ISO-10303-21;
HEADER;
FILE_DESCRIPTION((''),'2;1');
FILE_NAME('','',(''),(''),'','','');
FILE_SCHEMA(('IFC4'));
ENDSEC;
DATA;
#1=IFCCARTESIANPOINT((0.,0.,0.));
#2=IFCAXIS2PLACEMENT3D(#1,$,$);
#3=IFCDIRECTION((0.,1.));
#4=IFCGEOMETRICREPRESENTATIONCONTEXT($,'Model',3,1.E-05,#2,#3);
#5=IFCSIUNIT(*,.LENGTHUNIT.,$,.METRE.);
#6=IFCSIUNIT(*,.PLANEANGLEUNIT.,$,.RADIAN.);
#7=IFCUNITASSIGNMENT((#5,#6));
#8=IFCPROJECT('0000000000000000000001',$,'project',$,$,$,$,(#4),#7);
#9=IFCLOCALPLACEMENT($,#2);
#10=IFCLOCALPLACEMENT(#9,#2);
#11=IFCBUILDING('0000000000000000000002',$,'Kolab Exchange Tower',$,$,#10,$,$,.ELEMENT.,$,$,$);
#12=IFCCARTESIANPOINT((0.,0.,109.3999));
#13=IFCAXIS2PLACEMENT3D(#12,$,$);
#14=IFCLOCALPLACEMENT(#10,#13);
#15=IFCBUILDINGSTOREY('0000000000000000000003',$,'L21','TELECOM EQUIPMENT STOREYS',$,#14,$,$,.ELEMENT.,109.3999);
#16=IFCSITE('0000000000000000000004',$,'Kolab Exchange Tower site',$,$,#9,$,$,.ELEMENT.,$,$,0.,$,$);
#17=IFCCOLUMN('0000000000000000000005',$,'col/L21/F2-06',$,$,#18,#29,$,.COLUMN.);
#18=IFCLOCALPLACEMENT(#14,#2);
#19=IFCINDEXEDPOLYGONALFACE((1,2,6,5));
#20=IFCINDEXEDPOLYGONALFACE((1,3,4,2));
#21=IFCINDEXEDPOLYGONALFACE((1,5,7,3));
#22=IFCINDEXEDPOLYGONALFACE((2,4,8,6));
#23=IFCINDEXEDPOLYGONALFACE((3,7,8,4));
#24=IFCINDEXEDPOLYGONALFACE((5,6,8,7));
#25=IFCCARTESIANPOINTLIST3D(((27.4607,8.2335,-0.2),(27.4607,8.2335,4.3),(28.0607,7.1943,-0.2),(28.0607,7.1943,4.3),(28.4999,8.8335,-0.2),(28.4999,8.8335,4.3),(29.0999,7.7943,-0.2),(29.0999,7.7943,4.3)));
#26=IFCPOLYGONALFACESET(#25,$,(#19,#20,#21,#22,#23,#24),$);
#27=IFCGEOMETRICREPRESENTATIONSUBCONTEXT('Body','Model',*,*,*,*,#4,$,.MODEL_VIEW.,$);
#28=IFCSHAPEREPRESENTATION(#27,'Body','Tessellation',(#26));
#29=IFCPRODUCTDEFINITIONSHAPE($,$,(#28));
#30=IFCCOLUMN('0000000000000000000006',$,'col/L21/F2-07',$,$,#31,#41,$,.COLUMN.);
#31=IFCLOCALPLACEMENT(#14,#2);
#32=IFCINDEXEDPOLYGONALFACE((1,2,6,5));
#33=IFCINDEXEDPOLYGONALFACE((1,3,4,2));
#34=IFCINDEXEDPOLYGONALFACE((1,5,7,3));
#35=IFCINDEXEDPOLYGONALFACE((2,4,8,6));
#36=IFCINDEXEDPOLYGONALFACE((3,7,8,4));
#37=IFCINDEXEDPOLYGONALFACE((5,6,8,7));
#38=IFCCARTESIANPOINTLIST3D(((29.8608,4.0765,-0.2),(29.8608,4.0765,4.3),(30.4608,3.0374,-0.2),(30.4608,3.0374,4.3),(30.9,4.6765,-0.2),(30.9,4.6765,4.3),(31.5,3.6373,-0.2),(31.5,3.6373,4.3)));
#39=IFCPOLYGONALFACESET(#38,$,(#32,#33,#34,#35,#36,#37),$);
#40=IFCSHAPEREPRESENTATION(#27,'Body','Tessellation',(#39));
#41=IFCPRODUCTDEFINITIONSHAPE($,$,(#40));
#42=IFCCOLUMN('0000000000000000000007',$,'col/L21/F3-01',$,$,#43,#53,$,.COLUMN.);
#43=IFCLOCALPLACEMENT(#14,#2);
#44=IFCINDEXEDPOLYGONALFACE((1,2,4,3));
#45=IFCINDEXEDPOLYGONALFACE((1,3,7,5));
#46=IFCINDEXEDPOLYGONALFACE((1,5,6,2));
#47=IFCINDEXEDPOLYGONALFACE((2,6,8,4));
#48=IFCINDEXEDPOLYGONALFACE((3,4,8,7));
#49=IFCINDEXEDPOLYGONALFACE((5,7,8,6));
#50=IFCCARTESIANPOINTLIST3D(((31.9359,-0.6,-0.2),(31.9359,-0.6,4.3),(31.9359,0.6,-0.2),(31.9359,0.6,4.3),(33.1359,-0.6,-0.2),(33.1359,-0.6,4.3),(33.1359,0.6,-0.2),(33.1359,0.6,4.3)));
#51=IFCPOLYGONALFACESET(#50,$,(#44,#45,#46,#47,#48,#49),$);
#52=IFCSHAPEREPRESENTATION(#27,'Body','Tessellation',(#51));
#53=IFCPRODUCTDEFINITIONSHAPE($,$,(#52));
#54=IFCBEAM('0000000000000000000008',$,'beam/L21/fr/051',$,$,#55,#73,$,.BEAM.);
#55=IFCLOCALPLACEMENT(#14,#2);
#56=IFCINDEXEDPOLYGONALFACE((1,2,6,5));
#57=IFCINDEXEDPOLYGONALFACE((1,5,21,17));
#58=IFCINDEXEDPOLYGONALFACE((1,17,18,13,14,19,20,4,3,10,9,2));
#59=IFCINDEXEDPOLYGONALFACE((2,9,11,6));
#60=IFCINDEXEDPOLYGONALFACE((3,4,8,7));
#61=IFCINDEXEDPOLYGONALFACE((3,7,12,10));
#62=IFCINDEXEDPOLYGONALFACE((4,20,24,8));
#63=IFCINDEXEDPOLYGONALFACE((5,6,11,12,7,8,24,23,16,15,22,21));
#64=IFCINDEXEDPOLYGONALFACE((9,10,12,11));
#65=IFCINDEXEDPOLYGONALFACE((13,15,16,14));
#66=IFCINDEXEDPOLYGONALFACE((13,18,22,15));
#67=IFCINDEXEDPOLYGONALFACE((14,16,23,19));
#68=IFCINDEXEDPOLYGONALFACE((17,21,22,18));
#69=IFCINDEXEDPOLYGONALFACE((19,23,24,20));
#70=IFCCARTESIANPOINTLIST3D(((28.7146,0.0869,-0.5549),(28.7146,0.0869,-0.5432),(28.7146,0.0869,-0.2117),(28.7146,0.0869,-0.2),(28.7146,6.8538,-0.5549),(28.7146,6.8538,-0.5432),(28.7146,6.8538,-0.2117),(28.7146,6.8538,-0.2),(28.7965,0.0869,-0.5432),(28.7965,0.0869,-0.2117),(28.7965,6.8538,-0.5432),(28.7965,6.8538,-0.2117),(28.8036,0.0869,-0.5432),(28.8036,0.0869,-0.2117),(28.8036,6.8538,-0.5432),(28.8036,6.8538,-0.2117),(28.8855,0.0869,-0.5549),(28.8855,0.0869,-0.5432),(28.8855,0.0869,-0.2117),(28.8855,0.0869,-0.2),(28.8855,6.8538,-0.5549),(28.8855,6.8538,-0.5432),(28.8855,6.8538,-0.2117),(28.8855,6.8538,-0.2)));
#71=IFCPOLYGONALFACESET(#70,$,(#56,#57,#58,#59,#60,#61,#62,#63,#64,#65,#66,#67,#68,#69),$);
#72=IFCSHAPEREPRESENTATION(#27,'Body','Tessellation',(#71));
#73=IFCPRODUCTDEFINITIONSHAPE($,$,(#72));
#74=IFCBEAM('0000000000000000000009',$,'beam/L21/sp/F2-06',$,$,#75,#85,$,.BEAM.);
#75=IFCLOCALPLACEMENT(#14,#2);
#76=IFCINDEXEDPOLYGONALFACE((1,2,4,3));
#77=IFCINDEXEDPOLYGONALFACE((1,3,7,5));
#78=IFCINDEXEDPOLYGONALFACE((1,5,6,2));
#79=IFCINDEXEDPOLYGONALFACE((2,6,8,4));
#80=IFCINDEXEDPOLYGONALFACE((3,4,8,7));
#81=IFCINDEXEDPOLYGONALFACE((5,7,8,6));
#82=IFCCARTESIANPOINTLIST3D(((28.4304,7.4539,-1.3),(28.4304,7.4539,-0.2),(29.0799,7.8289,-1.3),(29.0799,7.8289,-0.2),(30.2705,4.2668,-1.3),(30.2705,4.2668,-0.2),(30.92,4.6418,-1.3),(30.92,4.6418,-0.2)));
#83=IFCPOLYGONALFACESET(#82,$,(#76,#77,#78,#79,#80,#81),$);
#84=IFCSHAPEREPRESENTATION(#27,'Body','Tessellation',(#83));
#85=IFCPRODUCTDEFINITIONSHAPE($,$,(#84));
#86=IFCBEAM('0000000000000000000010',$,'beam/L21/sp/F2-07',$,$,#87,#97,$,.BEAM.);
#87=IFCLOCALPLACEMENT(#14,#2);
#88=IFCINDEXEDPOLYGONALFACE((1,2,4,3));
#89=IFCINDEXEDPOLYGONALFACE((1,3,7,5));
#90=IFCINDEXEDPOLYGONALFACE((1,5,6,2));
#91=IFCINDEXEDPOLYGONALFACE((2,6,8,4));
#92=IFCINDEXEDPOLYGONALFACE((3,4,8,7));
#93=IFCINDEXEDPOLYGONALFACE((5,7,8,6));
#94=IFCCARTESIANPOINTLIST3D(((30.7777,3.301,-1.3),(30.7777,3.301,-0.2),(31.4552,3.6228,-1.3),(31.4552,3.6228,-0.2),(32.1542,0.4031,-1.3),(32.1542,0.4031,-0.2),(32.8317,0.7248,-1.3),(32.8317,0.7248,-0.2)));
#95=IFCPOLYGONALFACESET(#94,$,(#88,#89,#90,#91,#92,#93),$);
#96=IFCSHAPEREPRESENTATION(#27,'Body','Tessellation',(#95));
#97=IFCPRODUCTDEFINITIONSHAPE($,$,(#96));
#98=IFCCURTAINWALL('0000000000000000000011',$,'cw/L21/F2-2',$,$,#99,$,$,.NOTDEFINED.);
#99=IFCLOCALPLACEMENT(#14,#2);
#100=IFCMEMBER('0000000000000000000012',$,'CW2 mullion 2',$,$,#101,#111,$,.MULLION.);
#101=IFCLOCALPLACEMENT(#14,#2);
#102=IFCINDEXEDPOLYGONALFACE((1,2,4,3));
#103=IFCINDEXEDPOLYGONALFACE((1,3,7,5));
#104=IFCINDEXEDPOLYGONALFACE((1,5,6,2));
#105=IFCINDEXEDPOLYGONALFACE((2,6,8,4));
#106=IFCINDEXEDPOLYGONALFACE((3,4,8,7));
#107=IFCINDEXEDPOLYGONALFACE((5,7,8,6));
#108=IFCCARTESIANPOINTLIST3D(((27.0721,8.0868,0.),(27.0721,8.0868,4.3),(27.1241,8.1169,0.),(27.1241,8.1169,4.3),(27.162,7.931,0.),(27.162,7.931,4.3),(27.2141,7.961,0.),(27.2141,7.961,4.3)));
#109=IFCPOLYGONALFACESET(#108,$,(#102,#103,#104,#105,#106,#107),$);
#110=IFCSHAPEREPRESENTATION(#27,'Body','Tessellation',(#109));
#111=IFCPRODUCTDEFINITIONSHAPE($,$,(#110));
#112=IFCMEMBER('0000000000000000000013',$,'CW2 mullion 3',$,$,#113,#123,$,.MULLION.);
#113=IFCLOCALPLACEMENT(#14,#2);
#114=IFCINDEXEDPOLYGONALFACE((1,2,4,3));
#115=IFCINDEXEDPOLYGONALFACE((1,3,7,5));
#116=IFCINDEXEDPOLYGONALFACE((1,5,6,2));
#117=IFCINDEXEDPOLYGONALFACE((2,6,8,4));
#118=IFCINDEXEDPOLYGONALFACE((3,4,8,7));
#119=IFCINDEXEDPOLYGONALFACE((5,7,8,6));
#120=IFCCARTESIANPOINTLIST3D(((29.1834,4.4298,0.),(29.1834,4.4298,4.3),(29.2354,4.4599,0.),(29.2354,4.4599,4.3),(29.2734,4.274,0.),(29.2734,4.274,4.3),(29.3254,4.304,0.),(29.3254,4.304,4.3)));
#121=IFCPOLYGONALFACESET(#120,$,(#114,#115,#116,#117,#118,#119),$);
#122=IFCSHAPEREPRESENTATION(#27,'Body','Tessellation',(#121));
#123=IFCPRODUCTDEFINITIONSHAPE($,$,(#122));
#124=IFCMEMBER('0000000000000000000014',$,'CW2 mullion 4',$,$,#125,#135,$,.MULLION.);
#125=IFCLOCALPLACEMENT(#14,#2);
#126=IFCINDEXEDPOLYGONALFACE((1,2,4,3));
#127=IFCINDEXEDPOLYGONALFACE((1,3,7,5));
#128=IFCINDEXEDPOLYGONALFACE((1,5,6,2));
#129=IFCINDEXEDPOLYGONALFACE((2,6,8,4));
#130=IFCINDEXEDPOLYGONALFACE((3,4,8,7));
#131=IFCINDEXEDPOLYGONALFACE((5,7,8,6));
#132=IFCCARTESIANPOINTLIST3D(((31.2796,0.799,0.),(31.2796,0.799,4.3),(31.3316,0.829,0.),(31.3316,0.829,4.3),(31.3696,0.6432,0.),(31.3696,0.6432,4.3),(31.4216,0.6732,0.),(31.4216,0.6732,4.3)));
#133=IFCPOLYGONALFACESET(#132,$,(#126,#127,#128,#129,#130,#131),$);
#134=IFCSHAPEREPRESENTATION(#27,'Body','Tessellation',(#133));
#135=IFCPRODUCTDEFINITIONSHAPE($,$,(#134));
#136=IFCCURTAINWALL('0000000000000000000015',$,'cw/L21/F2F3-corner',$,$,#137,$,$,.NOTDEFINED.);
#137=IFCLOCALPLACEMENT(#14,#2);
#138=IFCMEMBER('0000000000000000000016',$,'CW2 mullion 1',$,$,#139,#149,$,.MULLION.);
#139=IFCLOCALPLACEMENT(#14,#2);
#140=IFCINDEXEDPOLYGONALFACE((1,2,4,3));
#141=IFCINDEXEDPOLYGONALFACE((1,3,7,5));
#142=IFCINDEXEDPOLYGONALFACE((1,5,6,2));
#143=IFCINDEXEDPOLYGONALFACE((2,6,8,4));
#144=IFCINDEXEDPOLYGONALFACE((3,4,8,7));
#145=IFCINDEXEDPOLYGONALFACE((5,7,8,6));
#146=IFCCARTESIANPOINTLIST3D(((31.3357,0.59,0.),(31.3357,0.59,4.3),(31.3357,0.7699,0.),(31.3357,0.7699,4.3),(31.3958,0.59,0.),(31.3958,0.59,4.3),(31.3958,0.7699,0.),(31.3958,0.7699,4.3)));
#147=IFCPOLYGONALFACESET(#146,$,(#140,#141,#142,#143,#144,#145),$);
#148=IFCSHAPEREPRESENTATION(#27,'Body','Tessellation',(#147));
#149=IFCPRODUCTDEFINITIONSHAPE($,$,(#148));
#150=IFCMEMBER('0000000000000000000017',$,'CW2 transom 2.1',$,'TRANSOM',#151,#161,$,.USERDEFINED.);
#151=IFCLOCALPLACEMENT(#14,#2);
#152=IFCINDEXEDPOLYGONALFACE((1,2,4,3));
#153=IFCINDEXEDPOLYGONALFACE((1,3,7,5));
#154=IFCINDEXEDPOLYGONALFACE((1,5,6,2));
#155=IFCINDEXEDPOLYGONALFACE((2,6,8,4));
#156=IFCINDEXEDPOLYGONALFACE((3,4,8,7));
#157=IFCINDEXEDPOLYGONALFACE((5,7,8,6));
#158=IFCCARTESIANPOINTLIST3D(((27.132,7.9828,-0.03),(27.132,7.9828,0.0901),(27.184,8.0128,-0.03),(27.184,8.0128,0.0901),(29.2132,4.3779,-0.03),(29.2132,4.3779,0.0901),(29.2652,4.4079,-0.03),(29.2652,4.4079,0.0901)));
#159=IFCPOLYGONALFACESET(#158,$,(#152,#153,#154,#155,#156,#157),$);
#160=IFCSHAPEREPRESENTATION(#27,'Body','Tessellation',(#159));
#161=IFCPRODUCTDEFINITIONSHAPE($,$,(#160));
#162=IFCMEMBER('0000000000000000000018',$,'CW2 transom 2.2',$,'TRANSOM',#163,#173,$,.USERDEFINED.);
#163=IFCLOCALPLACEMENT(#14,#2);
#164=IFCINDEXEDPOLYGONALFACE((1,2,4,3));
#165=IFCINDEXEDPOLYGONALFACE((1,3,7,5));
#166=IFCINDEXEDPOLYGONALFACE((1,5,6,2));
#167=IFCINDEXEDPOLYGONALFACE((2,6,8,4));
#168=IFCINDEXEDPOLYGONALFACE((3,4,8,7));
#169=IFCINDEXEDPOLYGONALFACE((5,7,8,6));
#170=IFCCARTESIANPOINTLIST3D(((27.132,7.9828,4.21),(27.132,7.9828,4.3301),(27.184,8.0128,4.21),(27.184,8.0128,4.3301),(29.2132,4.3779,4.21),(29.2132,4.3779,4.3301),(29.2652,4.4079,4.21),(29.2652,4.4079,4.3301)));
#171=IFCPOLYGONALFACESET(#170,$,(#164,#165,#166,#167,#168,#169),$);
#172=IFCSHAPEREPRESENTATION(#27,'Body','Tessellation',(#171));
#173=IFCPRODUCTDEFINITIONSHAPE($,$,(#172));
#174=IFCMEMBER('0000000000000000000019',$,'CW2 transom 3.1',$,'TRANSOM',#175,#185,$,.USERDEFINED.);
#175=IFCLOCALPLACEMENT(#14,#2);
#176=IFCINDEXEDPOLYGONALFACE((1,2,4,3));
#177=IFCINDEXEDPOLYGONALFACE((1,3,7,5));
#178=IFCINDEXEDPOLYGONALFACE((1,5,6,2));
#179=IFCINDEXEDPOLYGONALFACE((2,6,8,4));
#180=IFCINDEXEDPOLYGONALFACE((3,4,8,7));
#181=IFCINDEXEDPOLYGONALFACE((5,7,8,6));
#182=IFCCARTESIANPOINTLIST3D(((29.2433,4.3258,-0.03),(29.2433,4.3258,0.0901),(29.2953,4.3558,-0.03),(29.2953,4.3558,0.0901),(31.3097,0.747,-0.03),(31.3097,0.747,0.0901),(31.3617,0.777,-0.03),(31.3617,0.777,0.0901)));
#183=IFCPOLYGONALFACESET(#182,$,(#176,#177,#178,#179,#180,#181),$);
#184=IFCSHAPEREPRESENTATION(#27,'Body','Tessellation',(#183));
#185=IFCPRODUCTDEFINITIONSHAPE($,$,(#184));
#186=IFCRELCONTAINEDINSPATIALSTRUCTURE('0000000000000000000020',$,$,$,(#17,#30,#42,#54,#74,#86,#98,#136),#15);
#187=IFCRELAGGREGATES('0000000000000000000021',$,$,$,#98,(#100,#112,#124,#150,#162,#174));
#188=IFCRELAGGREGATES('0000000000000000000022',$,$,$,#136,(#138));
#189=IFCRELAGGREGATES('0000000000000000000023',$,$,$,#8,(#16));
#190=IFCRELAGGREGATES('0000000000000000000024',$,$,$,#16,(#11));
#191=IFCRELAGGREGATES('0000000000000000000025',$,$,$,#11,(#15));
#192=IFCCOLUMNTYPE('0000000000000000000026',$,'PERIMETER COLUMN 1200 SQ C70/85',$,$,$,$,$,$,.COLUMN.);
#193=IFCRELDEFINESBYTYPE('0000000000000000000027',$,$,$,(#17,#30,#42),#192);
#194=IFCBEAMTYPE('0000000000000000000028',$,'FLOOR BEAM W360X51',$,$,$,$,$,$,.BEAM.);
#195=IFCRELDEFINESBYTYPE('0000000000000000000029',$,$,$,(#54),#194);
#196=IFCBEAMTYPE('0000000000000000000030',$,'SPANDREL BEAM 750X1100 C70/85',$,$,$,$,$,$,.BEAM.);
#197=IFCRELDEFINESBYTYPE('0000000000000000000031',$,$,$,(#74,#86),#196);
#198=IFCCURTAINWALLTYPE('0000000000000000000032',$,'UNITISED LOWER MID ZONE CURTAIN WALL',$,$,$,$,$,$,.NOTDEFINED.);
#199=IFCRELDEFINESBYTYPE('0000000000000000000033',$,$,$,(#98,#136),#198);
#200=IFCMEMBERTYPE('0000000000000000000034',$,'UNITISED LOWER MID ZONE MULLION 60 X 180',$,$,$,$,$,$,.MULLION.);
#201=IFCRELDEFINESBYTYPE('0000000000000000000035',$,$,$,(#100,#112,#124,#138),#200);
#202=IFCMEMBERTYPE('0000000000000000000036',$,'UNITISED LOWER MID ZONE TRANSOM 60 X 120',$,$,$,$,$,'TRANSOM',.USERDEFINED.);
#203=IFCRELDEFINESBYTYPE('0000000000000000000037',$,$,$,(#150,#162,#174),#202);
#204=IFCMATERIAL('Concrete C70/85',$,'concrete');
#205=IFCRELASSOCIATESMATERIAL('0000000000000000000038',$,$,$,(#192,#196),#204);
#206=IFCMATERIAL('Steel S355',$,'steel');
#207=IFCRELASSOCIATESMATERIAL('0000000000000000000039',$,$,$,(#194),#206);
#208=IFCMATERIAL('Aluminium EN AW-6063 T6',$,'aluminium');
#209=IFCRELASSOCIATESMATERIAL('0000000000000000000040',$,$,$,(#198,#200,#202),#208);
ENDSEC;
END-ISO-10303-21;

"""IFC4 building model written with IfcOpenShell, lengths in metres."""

from ifc_helpers import new_model, si_unit, direction, frame, origin, origin_2d, place, context, subcontext, project, spatial, rectangle, i_section, extrude, material, material_profile, profile_set, type_object, element, aggregate, save


model = new_model("IFC4")

# Units and contexts
model_context = context("Model", 3, precision=1e-05, world=origin(), true_north=direction((0.0, 1.0)))
body_context = subcontext(model_context, "Body", "Model", "MODEL_VIEW")
ifc_project = project(units=[si_unit("LENGTHUNIT", "METRE"), si_unit("PLANEANGLEUNIT", "RADIAN")], contexts=[model_context])

# Site, building, storey
site_placement = place(None, origin())
site = spatial("IfcSite", under=ifc_project, at=site_placement, Name="Kolab Exchange Tower site", CompositionType="ELEMENT", RefElevation=0.0)
building_placement = place(site_placement, origin())
building = spatial("IfcBuilding", under=site, at=building_placement, Name="Kolab Exchange Tower", CompositionType="ELEMENT")
storey_placement = place(building_placement, frame((0.0, 0.0, 109.3999)))
storey = spatial("IfcBuildingStorey", under=building, at=storey_placement, Name="L21", Description="TELECOM EQUIPMENT STOREYS", CompositionType="ELEMENT", Elevation=109.3999)

# Columns
ifc_material_1 = material(Name="Concrete C70/85", Category="concrete")
ifc_material_profile_1 = material_profile(ifc_material_1, rectangle(XDim=1.2, YDim=1.2, at=origin_2d()), Name="RC1200")
ifc_profile_set_1 = profile_set([ifc_material_profile_1], Name="Concrete C70/85")
column_type = type_object("IfcColumnType", Name="PERIMETER COLUMN 1200 SQ C70/85", PredefinedType="COLUMN", material=ifc_profile_set_1)
for number, where, z_axis, x_axis, name in (
    (1, (28.2803, 8.0139, -0.2), (0.0, 0.0, 1.0), (0.866025, 0.5, 0.0), "col/L21/F2-06"),
    (2, (30.6804, 3.8569, -0.2), (0.0, 0.0, 1.0), (0.866025, 0.5, 0.0), "col/L21/F2-07"),
    (3, (32.5359, 0.0, -0.2), (0.0, 0.0, 1.0), (1.0, 0.0, 0.0), "col/L21/F3-01"),
):
    element("IfcColumn", number, at=place(storey_placement, frame(where, z_axis=z_axis, x_axis=x_axis)), inside=storey, type_object=column_type, Name=name, PredefinedType="COLUMN", context=body_context, shape_type="SweptSolid", body=[
        extrude(rectangle(XDim=1.2, YDim=1.2, at=origin_2d()), origin(), (0.0, 0.0, 1.0), 4.5),
    ])

# Beams
ifc_material_2 = material(Name="Steel S355", Category="steel")
ifc_material_profile_2 = material_profile(ifc_material_2, i_section(OverallWidth=0.1709, OverallDepth=0.355, WebThickness=0.0071, FlangeThickness=0.0117, at=origin_2d()), Name="W360X51")
ifc_profile_set_2 = profile_set([ifc_material_profile_2], Name="Steel S355")
beam_type_1 = type_object("IfcBeamType", Name="FLOOR BEAM W360X51", PredefinedType="BEAM", material=ifc_profile_set_2)
beam_1_placement = place(storey_placement, frame((28.8, 0.0869, -0.3774), z_axis=(0.0, 1.0, 0.0), x_axis=(-1.0, 0.0, 0.0)))
element("IfcBeam", 4, at=beam_1_placement, inside=storey, type_object=beam_type_1, Name="beam/L21/fr/051", PredefinedType="BEAM", context=body_context, shape_type="SweptSolid", body=[
    extrude(i_section(OverallWidth=0.1709, OverallDepth=0.355, WebThickness=0.0071, FlangeThickness=0.0117, at=origin_2d()), origin(), (0.0, 0.0, 1.0), 6.7668),
])
ifc_material_profile_3 = material_profile(ifc_material_1, rectangle(XDim=0.75, YDim=1.1001, at=origin_2d()), Name="RC750X1100")
ifc_profile_set_3 = profile_set([ifc_material_profile_3], Name="Concrete C70/85")
beam_type_2 = type_object("IfcBeamType", Name="SPANDREL BEAM 750X1100 C70/85", PredefinedType="BEAM", material=ifc_profile_set_3)
beam_2_placement = place(storey_placement, frame((28.7551, 7.6414, -0.75), z_axis=(0.500013, -0.866018, 0.0), x_axis=(0.866018, 0.500013, 0.0)))
element("IfcBeam", 5, at=beam_2_placement, inside=storey, type_object=beam_type_2, Name="beam/L21/sp/F2-06", PredefinedType="BEAM", context=body_context, shape_type="SweptSolid", body=[
    extrude(rectangle(XDim=0.75, YDim=1.1001, at=origin_2d()), origin(), (0.0, 0.0, 1.0), 3.6802),
])
beam_3_placement = place(storey_placement, frame((31.1165, 3.4619, -0.75), z_axis=(0.429041, -0.903285, 0.0), x_axis=(0.903285, 0.429041, 0.0)))
element("IfcBeam", 6, at=beam_3_placement, inside=storey, type_object=beam_type_2, Name="beam/L21/sp/F2-07", PredefinedType="BEAM", context=body_context, shape_type="SweptSolid", body=[
    extrude(rectangle(XDim=0.75, YDim=1.1001, at=origin_2d()), origin(), (0.0, 0.0, 1.0), 3.2083),
])

# Curtain wall, members
ifc_material_3 = material(Name="Aluminium EN AW-6063 T6", Category="aluminium")
curtain_wall_type = type_object("IfcCurtainWallType", Name="UNITISED LOWER MID ZONE CURTAIN WALL", PredefinedType="NOTDEFINED", material=ifc_material_3)
curtain_wall_1_placement = place(storey_placement, origin())
curtain_wall_1 = element("IfcCurtainWall", 7, at=curtain_wall_1_placement, inside=storey, type_object=curtain_wall_type, Name="cw/L21/F2-2", PredefinedType="NOTDEFINED")
ifc_material_profile_4 = material_profile(ifc_material_3, rectangle(XDim=0.0601, YDim=0.1799, at=origin_2d()), Name="RECT 60X180")
ifc_profile_set_4 = profile_set([ifc_material_profile_4], Name="Aluminium EN AW-6063 T6")
member_type_1 = type_object("IfcMemberType", Name="UNITISED LOWER MID ZONE MULLION 60 X 180", PredefinedType="MULLION", material=ifc_profile_set_4)
member_1_placement = place(storey_placement, frame((27.1431, 8.0239, 0.0), z_axis=(0.0, 0.0, 1.0), x_axis=(0.866025, 0.5, 0.0)))
member_1 = element("IfcMember", 8, at=member_1_placement, type_object=member_type_1, Name="CW2 mullion 2", PredefinedType="MULLION", context=body_context, shape_type="SweptSolid", body=[
    extrude(rectangle(XDim=0.0601, YDim=0.1799, at=origin_2d()), origin(), (0.0, 0.0, 1.0), 4.3),
])
member_2_placement = place(storey_placement, frame((29.2544, 4.3669, 0.0), z_axis=(0.0, 0.0, 1.0), x_axis=(0.866025, 0.5, 0.0)))
member_2 = element("IfcMember", 9, at=member_2_placement, type_object=member_type_1, Name="CW2 mullion 3", PredefinedType="MULLION", context=body_context, shape_type="SweptSolid", body=[
    extrude(rectangle(XDim=0.0601, YDim=0.1799, at=origin_2d()), origin(), (0.0, 0.0, 1.0), 4.3),
])
member_3_placement = place(storey_placement, frame((31.3506, 0.7361, 0.0), z_axis=(0.0, 0.0, 1.0), x_axis=(0.866025, 0.5, 0.0)))
member_3 = element("IfcMember", 10, at=member_3_placement, type_object=member_type_1, Name="CW2 mullion 4", PredefinedType="MULLION", context=body_context, shape_type="SweptSolid", body=[
    extrude(rectangle(XDim=0.0601, YDim=0.1799, at=origin_2d()), origin(), (0.0, 0.0, 1.0), 4.3),
])

# Curtain wall, member
curtain_wall_2_placement = place(storey_placement, origin())
curtain_wall_2 = element("IfcCurtainWall", 11, at=curtain_wall_2_placement, inside=storey, type_object=curtain_wall_type, Name="cw/L21/F2F3-corner", PredefinedType="NOTDEFINED")
member_4_placement = place(storey_placement, frame((31.3657, 0.6799, 0.0), z_axis=(0.0, 0.0, 1.0), x_axis=(1.0, 0.0, 0.0)))
member_4 = element("IfcMember", 12, at=member_4_placement, type_object=member_type_1, Name="CW2 mullion 1", PredefinedType="MULLION", context=body_context, shape_type="SweptSolid", body=[
    extrude(rectangle(XDim=0.0601, YDim=0.1799, at=origin_2d()), origin(), (0.0, 0.0, 1.0), 4.3),
])

# Members
ifc_material_profile_5 = material_profile(ifc_material_3, rectangle(XDim=0.0601, YDim=0.1201, at=origin_2d()), Name="RECT 60X120")
ifc_profile_set_5 = profile_set([ifc_material_profile_5], Name="Aluminium EN AW-6063 T6")
member_type_2 = type_object("IfcMemberType", Name="UNITISED LOWER MID ZONE TRANSOM 60 X 120", ElementType="TRANSOM", PredefinedType="USERDEFINED", material=ifc_profile_set_5)
member_5_placement = place(storey_placement, frame((27.158, 7.9978, 0.03), z_axis=(0.499993, -0.866029, 0.0), x_axis=(0.866029, 0.499993, 0.0)))
member_5 = element("IfcMember", 13, at=member_5_placement, type_object=member_type_2, Name="CW2 transom 2.1", ObjectType="TRANSOM", PredefinedType="USERDEFINED", context=body_context, shape_type="SweptSolid", body=[
    extrude(rectangle(XDim=0.0601, YDim=0.1201, at=origin_2d()), origin(), (0.0, 0.0, 1.0), 4.1626),
])
member_6_placement = place(storey_placement, frame((27.158, 7.9978, 4.27), z_axis=(0.499993, -0.866029, 0.0), x_axis=(0.866029, 0.499993, 0.0)))
member_6 = element("IfcMember", 14, at=member_6_placement, type_object=member_type_2, Name="CW2 transom 2.2", ObjectType="TRANSOM", PredefinedType="USERDEFINED", context=body_context, shape_type="SweptSolid", body=[
    extrude(rectangle(XDim=0.0601, YDim=0.1201, at=origin_2d()), origin(), (0.0, 0.0, 1.0), 4.1626),
])
member_7_placement = place(storey_placement, frame((29.2693, 4.3408, 0.03), z_axis=(0.500028, -0.866009, 0.0), x_axis=(0.866009, 0.500028, 0.0)))
member_7 = element("IfcMember", 15, at=member_7_placement, type_object=member_type_2, Name="CW2 transom 3.1", ObjectType="TRANSOM", PredefinedType="USERDEFINED", context=body_context, shape_type="SweptSolid", body=[
    extrude(rectangle(XDim=0.0601, YDim=0.1201, at=origin_2d()), origin(), (0.0, 0.0, 1.0), 4.1326),
])

aggregate(curtain_wall_1, [member_1, member_2, member_3, member_5, member_6, member_7])
aggregate(curtain_wall_2, [member_4])

save(model, "model.ifc")
